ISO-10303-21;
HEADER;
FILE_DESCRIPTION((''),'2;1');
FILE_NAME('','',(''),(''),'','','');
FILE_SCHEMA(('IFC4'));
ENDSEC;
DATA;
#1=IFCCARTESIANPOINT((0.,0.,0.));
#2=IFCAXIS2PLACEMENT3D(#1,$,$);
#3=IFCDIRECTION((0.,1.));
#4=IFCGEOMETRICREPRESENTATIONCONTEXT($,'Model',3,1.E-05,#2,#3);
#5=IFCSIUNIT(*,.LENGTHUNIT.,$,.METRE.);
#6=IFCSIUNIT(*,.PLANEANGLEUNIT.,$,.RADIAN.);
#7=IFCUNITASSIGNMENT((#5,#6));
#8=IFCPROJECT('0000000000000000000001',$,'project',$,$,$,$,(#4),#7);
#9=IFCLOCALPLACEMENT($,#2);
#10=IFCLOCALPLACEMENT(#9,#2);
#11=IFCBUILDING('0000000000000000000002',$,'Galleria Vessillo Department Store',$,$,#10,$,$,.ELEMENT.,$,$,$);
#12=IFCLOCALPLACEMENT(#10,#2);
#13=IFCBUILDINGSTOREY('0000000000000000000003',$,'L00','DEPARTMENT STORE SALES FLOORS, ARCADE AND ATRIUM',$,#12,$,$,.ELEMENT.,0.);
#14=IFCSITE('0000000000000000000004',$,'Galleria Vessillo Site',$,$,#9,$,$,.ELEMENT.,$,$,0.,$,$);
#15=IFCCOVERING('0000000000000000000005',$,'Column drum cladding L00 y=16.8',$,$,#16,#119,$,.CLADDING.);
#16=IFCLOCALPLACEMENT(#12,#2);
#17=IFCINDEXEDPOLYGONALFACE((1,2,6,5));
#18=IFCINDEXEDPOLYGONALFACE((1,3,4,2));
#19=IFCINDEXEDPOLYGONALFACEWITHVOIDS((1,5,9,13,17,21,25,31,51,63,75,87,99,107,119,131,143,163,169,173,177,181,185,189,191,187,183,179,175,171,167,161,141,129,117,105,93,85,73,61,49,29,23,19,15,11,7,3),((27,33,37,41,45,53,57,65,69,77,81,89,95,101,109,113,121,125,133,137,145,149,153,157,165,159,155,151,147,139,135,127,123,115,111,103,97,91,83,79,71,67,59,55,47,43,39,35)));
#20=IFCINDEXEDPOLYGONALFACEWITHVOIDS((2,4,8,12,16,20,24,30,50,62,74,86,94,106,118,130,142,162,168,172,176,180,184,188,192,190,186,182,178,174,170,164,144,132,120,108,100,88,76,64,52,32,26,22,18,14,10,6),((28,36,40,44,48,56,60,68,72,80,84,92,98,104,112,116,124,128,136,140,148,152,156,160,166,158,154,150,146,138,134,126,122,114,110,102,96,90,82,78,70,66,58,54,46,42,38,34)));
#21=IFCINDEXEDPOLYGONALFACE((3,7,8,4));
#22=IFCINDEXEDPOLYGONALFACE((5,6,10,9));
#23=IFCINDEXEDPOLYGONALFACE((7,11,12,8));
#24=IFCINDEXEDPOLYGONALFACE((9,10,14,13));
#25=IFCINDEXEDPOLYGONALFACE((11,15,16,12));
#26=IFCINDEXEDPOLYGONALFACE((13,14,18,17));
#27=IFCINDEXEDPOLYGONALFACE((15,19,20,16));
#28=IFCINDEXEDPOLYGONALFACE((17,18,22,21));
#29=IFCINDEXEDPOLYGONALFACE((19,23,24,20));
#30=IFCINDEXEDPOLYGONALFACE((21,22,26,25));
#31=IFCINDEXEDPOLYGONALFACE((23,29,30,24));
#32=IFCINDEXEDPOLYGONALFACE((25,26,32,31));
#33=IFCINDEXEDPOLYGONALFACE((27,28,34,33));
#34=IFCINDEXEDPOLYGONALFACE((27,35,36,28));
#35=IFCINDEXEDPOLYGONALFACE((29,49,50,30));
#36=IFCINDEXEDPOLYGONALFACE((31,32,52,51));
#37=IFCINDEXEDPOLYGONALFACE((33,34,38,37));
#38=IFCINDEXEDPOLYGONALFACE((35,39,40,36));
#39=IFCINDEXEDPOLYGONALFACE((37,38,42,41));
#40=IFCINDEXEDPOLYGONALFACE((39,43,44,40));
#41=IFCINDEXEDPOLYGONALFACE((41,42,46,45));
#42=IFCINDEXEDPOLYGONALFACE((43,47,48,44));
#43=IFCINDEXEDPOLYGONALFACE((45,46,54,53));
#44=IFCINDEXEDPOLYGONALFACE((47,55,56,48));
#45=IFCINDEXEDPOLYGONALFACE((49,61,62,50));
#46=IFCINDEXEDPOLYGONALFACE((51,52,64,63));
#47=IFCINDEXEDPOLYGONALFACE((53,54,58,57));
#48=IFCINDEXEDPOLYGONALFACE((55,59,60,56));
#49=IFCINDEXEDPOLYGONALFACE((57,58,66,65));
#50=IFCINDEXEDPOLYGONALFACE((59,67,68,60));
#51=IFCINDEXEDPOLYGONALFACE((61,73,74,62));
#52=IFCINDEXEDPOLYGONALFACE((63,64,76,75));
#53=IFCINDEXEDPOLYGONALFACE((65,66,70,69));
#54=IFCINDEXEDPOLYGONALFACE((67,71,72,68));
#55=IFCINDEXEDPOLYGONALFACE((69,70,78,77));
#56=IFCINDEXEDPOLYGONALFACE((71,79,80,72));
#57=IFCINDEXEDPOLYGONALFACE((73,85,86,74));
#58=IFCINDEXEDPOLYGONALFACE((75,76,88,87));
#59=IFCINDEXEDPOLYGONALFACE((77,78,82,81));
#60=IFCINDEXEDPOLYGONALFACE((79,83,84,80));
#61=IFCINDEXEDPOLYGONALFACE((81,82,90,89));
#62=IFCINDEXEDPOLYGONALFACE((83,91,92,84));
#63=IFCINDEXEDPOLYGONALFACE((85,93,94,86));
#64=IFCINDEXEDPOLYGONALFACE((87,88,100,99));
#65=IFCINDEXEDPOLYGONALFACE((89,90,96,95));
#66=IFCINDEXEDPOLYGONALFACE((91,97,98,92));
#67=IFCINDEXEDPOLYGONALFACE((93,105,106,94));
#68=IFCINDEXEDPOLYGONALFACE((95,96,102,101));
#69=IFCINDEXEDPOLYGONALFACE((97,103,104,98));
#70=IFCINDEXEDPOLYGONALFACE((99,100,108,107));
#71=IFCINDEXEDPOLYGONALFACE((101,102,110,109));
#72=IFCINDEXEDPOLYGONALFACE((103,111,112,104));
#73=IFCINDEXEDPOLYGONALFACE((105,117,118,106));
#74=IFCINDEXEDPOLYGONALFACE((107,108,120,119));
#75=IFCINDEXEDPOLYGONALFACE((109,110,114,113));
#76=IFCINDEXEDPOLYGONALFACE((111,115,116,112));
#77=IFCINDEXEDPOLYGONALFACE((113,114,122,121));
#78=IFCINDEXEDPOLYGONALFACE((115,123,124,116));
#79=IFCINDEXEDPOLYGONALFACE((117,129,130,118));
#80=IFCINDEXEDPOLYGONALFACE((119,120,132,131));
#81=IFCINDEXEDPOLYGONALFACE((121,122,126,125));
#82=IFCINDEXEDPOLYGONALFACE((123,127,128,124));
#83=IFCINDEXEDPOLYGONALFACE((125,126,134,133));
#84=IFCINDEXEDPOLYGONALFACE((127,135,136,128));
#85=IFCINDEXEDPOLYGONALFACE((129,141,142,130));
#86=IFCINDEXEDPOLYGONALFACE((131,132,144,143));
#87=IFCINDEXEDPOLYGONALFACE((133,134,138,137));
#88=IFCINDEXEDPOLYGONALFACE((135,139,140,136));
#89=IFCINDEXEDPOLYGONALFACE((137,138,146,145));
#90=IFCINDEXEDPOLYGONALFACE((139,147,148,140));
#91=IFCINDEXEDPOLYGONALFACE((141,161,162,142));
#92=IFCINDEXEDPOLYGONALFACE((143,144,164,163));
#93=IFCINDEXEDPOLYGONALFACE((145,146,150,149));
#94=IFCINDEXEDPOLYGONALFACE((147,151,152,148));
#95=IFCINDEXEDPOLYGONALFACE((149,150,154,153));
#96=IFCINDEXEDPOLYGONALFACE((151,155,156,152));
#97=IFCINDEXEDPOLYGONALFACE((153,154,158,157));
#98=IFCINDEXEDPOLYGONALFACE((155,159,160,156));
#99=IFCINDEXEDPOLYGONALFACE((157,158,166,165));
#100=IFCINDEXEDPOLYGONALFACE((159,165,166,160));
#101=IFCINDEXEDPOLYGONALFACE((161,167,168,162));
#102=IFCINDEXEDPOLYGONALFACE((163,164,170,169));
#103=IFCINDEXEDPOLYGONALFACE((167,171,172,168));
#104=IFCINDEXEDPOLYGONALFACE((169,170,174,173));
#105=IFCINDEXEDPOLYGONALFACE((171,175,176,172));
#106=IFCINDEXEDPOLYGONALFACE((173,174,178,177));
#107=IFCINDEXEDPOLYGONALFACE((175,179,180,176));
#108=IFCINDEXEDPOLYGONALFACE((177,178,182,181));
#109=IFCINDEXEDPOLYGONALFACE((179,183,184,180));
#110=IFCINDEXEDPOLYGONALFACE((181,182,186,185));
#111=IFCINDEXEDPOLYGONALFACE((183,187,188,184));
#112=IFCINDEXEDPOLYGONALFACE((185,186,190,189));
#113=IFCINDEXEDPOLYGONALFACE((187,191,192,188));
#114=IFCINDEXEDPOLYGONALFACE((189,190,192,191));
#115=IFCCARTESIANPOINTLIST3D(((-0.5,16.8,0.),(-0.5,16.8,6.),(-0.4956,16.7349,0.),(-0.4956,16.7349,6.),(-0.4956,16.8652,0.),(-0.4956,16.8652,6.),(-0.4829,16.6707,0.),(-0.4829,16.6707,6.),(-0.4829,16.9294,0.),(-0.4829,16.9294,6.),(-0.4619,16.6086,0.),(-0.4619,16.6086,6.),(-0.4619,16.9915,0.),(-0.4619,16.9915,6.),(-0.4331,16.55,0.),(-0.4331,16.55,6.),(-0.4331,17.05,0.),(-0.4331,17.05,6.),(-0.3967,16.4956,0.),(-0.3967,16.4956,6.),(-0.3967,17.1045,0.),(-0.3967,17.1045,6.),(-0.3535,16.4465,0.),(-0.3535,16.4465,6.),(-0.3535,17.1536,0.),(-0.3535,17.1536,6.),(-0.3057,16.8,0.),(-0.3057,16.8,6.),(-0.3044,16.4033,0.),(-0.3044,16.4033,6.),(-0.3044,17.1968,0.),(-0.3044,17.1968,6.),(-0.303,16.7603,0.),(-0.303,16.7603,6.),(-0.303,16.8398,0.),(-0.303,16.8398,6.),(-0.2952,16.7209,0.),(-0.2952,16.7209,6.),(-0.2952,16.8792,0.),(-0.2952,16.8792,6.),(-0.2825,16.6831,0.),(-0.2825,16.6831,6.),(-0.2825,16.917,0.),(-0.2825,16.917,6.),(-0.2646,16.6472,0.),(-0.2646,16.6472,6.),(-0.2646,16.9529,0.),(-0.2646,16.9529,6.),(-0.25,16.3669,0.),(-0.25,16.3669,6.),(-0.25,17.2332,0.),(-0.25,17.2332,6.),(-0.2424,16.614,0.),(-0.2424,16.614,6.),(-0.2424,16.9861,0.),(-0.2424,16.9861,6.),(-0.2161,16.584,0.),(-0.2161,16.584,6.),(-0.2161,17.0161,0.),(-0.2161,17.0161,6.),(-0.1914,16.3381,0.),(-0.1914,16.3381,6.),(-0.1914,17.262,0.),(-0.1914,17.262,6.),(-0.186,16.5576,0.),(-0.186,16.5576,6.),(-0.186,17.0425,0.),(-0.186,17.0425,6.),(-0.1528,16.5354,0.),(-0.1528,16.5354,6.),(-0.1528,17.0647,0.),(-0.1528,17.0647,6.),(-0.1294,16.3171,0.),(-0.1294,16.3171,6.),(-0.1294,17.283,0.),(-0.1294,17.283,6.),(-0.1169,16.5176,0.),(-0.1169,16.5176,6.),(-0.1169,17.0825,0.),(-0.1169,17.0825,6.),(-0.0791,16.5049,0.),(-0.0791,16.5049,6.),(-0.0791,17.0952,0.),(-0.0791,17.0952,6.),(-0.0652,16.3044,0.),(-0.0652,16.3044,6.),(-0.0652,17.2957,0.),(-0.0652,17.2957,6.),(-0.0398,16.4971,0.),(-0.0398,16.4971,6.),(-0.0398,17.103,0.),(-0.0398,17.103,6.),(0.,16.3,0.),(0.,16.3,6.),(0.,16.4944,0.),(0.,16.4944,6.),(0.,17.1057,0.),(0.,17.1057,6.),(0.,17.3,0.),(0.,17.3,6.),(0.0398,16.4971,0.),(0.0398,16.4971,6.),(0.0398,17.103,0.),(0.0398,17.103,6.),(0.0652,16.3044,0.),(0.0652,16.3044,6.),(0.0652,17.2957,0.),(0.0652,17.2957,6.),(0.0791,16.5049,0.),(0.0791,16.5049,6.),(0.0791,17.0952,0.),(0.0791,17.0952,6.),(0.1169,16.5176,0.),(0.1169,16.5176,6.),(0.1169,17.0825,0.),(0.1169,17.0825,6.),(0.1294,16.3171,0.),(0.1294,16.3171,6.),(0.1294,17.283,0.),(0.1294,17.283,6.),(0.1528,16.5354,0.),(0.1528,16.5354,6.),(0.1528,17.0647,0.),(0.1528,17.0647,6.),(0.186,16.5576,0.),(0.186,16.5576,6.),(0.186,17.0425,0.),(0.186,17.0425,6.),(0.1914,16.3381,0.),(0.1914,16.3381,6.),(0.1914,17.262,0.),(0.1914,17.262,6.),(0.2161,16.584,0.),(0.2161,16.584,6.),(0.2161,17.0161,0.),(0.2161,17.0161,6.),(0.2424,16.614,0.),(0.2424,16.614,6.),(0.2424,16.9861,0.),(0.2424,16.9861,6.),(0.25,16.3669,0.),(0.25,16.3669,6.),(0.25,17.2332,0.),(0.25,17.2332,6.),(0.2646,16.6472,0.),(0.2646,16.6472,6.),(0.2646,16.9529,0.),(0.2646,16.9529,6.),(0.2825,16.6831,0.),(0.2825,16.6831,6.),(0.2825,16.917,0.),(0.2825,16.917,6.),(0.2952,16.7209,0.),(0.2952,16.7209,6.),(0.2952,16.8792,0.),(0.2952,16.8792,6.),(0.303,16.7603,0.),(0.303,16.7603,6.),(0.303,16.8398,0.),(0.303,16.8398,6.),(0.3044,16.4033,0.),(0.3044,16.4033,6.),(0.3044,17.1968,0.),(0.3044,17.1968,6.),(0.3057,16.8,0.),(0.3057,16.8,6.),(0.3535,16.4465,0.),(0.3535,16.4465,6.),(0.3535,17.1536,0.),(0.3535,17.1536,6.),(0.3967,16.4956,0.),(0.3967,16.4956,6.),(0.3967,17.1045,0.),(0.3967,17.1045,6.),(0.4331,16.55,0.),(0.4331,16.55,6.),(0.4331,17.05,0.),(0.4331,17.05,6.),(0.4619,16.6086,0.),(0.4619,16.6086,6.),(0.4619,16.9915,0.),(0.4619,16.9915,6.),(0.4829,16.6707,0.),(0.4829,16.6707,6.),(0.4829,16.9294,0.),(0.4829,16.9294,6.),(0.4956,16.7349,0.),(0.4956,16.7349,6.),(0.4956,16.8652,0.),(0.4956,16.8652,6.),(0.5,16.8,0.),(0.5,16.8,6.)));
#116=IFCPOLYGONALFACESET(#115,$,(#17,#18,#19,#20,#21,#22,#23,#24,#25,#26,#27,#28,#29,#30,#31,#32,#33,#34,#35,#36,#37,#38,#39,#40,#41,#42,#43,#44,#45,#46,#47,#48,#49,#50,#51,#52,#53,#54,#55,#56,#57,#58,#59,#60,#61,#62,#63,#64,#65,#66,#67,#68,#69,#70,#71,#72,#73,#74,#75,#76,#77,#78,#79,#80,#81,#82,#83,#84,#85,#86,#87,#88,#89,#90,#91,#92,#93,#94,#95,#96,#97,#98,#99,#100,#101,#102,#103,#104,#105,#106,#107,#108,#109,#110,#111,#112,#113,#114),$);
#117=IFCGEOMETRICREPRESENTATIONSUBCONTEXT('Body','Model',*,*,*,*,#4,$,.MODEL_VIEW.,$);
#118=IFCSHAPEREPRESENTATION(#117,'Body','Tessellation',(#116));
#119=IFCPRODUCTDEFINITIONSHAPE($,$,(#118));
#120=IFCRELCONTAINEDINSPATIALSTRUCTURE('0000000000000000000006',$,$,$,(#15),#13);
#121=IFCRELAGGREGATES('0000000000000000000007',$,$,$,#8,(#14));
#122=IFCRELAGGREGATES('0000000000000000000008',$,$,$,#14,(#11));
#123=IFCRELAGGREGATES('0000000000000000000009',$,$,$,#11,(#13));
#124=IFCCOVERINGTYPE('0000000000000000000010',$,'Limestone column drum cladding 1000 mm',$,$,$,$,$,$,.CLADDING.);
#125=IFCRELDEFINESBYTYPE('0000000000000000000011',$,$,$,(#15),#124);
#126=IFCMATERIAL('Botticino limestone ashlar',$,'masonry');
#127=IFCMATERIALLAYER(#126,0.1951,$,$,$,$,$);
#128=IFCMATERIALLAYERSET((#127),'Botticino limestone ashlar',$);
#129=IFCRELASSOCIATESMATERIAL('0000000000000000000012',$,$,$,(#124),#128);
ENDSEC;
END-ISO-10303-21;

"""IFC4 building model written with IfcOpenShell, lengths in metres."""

from ifc_helpers import new_model, si_unit, direction, origin, place, context, subcontext, project, spatial, polyline, outline, extrude, material, layer, layer_set, type_object, element, save


model = new_model("IFC4")

# Units and contexts
model_context = context("Model", 3, precision=1e-05, world=origin(), true_north=direction((0.0, 1.0)))
body_context = subcontext(model_context, "Body", "Model", "MODEL_VIEW")
ifc_project = project(units=[si_unit("LENGTHUNIT", "METRE"), si_unit("PLANEANGLEUNIT", "RADIAN")], contexts=[model_context])

# Site, building, storey
site_placement = place(None, origin())
site = spatial("IfcSite", under=ifc_project, at=site_placement, Name="Galleria Vessillo Site", CompositionType="ELEMENT", RefElevation=0.0)
building_placement = place(site_placement, origin())
building = spatial("IfcBuilding", under=site, at=building_placement, Name="Galleria Vessillo Department Store", CompositionType="ELEMENT")
storey_placement = place(building_placement, origin())
storey = spatial("IfcBuildingStorey", under=building, at=storey_placement, Name="L00", Description="DEPARTMENT STORE SALES FLOORS, ARCADE AND ATRIUM", CompositionType="ELEMENT", Elevation=0.0)

# Covering
ifc_material_1 = material(Name="Botticino limestone ashlar", Category="masonry")
ifc_layer_1 = layer(ifc_material_1, 0.1951)
ifc_layer_set_1 = layer_set([ifc_layer_1], Name="Botticino limestone ashlar")
covering_type = type_object("IfcCoveringType", Name="Limestone column drum cladding 1000 mm", PredefinedType="CLADDING", material=ifc_layer_set_1)
covering_1_placement = place(storey_placement, origin())
element("IfcCovering", 1, at=covering_1_placement, inside=storey, type_object=covering_type, Name="Column drum cladding L00 y=16.8", PredefinedType="CLADDING", context=body_context, shape_type="SweptSolid", body=[
    extrude(outline(polyline([(0.5, 16.8), (0.4956, 16.8652), (0.4829, 16.9294), (0.4619, 16.9915), (0.4331, 17.05), (0.3967, 17.1045), (0.3535, 17.1536), (0.3044, 17.1968), (0.25, 17.2332), (0.1914, 17.262), (0.1294, 17.283), (0.0652, 17.2957), (0.0, 17.3), (-0.0652, 17.2957), (-0.1294, 17.283), (-0.1914, 17.262), (-0.25, 17.2332), (-0.3044, 17.1968), (-0.3535, 17.1536), (-0.3967, 17.1045), (-0.4331, 17.05), (-0.4619, 16.9915), (-0.4829, 16.9294), (-0.4956, 16.8652), (-0.5, 16.8), (-0.4956, 16.7349), (-0.4829, 16.6707), (-0.4619, 16.6086), (-0.4331, 16.55), (-0.3967, 16.4956), (-0.3535, 16.4465), (-0.3044, 16.4033), (-0.25, 16.3669), (-0.1914, 16.3381), (-0.1294, 16.3171), (-0.0652, 16.3044), (0.0, 16.3), (0.0652, 16.3044), (0.1294, 16.3171), (0.1914, 16.3381), (0.25, 16.3669), (0.3044, 16.4033), (0.3535, 16.4465), (0.3967, 16.4956), (0.4331, 16.55), (0.4619, 16.6086), (0.4829, 16.6707), (0.4956, 16.7349), (0.5, 16.8)]), holes=[polyline([(0.3057, 16.8), (0.303, 16.8398), (0.2952, 16.8792), (0.2825, 16.917), (0.2646, 16.9529), (0.2424, 16.9861), (0.2161, 17.0161), (0.186, 17.0425), (0.1528, 17.0647), (0.1169, 17.0825), (0.0791, 17.0952), (0.0398, 17.103), (0.0, 17.1057), (-0.0398, 17.103), (-0.0791, 17.0952), (-0.1169, 17.0825), (-0.1528, 17.0647), (-0.186, 17.0425), (-0.2161, 17.0161), (-0.2424, 16.9861), (-0.2646, 16.9529), (-0.2825, 16.917), (-0.2952, 16.8792), (-0.303, 16.8398), (-0.3057, 16.8), (-0.303, 16.7603), (-0.2952, 16.7209), (-0.2825, 16.6831), (-0.2646, 16.6472), (-0.2424, 16.614), (-0.2161, 16.584), (-0.186, 16.5576), (-0.1528, 16.5354), (-0.1169, 16.5176), (-0.0791, 16.5049), (-0.0398, 16.4971), (0.0, 16.4944), (0.0398, 16.4971), (0.0791, 16.5049), (0.1169, 16.5176), (0.1528, 16.5354), (0.186, 16.5576), (0.2161, 16.584), (0.2424, 16.614), (0.2646, 16.6472), (0.2825, 16.6831), (0.2952, 16.7209), (0.303, 16.7603), (0.3057, 16.8)])]), origin(), (0.0, 0.0, 1.0), 6.0),
])

save(model, "model.ifc")
